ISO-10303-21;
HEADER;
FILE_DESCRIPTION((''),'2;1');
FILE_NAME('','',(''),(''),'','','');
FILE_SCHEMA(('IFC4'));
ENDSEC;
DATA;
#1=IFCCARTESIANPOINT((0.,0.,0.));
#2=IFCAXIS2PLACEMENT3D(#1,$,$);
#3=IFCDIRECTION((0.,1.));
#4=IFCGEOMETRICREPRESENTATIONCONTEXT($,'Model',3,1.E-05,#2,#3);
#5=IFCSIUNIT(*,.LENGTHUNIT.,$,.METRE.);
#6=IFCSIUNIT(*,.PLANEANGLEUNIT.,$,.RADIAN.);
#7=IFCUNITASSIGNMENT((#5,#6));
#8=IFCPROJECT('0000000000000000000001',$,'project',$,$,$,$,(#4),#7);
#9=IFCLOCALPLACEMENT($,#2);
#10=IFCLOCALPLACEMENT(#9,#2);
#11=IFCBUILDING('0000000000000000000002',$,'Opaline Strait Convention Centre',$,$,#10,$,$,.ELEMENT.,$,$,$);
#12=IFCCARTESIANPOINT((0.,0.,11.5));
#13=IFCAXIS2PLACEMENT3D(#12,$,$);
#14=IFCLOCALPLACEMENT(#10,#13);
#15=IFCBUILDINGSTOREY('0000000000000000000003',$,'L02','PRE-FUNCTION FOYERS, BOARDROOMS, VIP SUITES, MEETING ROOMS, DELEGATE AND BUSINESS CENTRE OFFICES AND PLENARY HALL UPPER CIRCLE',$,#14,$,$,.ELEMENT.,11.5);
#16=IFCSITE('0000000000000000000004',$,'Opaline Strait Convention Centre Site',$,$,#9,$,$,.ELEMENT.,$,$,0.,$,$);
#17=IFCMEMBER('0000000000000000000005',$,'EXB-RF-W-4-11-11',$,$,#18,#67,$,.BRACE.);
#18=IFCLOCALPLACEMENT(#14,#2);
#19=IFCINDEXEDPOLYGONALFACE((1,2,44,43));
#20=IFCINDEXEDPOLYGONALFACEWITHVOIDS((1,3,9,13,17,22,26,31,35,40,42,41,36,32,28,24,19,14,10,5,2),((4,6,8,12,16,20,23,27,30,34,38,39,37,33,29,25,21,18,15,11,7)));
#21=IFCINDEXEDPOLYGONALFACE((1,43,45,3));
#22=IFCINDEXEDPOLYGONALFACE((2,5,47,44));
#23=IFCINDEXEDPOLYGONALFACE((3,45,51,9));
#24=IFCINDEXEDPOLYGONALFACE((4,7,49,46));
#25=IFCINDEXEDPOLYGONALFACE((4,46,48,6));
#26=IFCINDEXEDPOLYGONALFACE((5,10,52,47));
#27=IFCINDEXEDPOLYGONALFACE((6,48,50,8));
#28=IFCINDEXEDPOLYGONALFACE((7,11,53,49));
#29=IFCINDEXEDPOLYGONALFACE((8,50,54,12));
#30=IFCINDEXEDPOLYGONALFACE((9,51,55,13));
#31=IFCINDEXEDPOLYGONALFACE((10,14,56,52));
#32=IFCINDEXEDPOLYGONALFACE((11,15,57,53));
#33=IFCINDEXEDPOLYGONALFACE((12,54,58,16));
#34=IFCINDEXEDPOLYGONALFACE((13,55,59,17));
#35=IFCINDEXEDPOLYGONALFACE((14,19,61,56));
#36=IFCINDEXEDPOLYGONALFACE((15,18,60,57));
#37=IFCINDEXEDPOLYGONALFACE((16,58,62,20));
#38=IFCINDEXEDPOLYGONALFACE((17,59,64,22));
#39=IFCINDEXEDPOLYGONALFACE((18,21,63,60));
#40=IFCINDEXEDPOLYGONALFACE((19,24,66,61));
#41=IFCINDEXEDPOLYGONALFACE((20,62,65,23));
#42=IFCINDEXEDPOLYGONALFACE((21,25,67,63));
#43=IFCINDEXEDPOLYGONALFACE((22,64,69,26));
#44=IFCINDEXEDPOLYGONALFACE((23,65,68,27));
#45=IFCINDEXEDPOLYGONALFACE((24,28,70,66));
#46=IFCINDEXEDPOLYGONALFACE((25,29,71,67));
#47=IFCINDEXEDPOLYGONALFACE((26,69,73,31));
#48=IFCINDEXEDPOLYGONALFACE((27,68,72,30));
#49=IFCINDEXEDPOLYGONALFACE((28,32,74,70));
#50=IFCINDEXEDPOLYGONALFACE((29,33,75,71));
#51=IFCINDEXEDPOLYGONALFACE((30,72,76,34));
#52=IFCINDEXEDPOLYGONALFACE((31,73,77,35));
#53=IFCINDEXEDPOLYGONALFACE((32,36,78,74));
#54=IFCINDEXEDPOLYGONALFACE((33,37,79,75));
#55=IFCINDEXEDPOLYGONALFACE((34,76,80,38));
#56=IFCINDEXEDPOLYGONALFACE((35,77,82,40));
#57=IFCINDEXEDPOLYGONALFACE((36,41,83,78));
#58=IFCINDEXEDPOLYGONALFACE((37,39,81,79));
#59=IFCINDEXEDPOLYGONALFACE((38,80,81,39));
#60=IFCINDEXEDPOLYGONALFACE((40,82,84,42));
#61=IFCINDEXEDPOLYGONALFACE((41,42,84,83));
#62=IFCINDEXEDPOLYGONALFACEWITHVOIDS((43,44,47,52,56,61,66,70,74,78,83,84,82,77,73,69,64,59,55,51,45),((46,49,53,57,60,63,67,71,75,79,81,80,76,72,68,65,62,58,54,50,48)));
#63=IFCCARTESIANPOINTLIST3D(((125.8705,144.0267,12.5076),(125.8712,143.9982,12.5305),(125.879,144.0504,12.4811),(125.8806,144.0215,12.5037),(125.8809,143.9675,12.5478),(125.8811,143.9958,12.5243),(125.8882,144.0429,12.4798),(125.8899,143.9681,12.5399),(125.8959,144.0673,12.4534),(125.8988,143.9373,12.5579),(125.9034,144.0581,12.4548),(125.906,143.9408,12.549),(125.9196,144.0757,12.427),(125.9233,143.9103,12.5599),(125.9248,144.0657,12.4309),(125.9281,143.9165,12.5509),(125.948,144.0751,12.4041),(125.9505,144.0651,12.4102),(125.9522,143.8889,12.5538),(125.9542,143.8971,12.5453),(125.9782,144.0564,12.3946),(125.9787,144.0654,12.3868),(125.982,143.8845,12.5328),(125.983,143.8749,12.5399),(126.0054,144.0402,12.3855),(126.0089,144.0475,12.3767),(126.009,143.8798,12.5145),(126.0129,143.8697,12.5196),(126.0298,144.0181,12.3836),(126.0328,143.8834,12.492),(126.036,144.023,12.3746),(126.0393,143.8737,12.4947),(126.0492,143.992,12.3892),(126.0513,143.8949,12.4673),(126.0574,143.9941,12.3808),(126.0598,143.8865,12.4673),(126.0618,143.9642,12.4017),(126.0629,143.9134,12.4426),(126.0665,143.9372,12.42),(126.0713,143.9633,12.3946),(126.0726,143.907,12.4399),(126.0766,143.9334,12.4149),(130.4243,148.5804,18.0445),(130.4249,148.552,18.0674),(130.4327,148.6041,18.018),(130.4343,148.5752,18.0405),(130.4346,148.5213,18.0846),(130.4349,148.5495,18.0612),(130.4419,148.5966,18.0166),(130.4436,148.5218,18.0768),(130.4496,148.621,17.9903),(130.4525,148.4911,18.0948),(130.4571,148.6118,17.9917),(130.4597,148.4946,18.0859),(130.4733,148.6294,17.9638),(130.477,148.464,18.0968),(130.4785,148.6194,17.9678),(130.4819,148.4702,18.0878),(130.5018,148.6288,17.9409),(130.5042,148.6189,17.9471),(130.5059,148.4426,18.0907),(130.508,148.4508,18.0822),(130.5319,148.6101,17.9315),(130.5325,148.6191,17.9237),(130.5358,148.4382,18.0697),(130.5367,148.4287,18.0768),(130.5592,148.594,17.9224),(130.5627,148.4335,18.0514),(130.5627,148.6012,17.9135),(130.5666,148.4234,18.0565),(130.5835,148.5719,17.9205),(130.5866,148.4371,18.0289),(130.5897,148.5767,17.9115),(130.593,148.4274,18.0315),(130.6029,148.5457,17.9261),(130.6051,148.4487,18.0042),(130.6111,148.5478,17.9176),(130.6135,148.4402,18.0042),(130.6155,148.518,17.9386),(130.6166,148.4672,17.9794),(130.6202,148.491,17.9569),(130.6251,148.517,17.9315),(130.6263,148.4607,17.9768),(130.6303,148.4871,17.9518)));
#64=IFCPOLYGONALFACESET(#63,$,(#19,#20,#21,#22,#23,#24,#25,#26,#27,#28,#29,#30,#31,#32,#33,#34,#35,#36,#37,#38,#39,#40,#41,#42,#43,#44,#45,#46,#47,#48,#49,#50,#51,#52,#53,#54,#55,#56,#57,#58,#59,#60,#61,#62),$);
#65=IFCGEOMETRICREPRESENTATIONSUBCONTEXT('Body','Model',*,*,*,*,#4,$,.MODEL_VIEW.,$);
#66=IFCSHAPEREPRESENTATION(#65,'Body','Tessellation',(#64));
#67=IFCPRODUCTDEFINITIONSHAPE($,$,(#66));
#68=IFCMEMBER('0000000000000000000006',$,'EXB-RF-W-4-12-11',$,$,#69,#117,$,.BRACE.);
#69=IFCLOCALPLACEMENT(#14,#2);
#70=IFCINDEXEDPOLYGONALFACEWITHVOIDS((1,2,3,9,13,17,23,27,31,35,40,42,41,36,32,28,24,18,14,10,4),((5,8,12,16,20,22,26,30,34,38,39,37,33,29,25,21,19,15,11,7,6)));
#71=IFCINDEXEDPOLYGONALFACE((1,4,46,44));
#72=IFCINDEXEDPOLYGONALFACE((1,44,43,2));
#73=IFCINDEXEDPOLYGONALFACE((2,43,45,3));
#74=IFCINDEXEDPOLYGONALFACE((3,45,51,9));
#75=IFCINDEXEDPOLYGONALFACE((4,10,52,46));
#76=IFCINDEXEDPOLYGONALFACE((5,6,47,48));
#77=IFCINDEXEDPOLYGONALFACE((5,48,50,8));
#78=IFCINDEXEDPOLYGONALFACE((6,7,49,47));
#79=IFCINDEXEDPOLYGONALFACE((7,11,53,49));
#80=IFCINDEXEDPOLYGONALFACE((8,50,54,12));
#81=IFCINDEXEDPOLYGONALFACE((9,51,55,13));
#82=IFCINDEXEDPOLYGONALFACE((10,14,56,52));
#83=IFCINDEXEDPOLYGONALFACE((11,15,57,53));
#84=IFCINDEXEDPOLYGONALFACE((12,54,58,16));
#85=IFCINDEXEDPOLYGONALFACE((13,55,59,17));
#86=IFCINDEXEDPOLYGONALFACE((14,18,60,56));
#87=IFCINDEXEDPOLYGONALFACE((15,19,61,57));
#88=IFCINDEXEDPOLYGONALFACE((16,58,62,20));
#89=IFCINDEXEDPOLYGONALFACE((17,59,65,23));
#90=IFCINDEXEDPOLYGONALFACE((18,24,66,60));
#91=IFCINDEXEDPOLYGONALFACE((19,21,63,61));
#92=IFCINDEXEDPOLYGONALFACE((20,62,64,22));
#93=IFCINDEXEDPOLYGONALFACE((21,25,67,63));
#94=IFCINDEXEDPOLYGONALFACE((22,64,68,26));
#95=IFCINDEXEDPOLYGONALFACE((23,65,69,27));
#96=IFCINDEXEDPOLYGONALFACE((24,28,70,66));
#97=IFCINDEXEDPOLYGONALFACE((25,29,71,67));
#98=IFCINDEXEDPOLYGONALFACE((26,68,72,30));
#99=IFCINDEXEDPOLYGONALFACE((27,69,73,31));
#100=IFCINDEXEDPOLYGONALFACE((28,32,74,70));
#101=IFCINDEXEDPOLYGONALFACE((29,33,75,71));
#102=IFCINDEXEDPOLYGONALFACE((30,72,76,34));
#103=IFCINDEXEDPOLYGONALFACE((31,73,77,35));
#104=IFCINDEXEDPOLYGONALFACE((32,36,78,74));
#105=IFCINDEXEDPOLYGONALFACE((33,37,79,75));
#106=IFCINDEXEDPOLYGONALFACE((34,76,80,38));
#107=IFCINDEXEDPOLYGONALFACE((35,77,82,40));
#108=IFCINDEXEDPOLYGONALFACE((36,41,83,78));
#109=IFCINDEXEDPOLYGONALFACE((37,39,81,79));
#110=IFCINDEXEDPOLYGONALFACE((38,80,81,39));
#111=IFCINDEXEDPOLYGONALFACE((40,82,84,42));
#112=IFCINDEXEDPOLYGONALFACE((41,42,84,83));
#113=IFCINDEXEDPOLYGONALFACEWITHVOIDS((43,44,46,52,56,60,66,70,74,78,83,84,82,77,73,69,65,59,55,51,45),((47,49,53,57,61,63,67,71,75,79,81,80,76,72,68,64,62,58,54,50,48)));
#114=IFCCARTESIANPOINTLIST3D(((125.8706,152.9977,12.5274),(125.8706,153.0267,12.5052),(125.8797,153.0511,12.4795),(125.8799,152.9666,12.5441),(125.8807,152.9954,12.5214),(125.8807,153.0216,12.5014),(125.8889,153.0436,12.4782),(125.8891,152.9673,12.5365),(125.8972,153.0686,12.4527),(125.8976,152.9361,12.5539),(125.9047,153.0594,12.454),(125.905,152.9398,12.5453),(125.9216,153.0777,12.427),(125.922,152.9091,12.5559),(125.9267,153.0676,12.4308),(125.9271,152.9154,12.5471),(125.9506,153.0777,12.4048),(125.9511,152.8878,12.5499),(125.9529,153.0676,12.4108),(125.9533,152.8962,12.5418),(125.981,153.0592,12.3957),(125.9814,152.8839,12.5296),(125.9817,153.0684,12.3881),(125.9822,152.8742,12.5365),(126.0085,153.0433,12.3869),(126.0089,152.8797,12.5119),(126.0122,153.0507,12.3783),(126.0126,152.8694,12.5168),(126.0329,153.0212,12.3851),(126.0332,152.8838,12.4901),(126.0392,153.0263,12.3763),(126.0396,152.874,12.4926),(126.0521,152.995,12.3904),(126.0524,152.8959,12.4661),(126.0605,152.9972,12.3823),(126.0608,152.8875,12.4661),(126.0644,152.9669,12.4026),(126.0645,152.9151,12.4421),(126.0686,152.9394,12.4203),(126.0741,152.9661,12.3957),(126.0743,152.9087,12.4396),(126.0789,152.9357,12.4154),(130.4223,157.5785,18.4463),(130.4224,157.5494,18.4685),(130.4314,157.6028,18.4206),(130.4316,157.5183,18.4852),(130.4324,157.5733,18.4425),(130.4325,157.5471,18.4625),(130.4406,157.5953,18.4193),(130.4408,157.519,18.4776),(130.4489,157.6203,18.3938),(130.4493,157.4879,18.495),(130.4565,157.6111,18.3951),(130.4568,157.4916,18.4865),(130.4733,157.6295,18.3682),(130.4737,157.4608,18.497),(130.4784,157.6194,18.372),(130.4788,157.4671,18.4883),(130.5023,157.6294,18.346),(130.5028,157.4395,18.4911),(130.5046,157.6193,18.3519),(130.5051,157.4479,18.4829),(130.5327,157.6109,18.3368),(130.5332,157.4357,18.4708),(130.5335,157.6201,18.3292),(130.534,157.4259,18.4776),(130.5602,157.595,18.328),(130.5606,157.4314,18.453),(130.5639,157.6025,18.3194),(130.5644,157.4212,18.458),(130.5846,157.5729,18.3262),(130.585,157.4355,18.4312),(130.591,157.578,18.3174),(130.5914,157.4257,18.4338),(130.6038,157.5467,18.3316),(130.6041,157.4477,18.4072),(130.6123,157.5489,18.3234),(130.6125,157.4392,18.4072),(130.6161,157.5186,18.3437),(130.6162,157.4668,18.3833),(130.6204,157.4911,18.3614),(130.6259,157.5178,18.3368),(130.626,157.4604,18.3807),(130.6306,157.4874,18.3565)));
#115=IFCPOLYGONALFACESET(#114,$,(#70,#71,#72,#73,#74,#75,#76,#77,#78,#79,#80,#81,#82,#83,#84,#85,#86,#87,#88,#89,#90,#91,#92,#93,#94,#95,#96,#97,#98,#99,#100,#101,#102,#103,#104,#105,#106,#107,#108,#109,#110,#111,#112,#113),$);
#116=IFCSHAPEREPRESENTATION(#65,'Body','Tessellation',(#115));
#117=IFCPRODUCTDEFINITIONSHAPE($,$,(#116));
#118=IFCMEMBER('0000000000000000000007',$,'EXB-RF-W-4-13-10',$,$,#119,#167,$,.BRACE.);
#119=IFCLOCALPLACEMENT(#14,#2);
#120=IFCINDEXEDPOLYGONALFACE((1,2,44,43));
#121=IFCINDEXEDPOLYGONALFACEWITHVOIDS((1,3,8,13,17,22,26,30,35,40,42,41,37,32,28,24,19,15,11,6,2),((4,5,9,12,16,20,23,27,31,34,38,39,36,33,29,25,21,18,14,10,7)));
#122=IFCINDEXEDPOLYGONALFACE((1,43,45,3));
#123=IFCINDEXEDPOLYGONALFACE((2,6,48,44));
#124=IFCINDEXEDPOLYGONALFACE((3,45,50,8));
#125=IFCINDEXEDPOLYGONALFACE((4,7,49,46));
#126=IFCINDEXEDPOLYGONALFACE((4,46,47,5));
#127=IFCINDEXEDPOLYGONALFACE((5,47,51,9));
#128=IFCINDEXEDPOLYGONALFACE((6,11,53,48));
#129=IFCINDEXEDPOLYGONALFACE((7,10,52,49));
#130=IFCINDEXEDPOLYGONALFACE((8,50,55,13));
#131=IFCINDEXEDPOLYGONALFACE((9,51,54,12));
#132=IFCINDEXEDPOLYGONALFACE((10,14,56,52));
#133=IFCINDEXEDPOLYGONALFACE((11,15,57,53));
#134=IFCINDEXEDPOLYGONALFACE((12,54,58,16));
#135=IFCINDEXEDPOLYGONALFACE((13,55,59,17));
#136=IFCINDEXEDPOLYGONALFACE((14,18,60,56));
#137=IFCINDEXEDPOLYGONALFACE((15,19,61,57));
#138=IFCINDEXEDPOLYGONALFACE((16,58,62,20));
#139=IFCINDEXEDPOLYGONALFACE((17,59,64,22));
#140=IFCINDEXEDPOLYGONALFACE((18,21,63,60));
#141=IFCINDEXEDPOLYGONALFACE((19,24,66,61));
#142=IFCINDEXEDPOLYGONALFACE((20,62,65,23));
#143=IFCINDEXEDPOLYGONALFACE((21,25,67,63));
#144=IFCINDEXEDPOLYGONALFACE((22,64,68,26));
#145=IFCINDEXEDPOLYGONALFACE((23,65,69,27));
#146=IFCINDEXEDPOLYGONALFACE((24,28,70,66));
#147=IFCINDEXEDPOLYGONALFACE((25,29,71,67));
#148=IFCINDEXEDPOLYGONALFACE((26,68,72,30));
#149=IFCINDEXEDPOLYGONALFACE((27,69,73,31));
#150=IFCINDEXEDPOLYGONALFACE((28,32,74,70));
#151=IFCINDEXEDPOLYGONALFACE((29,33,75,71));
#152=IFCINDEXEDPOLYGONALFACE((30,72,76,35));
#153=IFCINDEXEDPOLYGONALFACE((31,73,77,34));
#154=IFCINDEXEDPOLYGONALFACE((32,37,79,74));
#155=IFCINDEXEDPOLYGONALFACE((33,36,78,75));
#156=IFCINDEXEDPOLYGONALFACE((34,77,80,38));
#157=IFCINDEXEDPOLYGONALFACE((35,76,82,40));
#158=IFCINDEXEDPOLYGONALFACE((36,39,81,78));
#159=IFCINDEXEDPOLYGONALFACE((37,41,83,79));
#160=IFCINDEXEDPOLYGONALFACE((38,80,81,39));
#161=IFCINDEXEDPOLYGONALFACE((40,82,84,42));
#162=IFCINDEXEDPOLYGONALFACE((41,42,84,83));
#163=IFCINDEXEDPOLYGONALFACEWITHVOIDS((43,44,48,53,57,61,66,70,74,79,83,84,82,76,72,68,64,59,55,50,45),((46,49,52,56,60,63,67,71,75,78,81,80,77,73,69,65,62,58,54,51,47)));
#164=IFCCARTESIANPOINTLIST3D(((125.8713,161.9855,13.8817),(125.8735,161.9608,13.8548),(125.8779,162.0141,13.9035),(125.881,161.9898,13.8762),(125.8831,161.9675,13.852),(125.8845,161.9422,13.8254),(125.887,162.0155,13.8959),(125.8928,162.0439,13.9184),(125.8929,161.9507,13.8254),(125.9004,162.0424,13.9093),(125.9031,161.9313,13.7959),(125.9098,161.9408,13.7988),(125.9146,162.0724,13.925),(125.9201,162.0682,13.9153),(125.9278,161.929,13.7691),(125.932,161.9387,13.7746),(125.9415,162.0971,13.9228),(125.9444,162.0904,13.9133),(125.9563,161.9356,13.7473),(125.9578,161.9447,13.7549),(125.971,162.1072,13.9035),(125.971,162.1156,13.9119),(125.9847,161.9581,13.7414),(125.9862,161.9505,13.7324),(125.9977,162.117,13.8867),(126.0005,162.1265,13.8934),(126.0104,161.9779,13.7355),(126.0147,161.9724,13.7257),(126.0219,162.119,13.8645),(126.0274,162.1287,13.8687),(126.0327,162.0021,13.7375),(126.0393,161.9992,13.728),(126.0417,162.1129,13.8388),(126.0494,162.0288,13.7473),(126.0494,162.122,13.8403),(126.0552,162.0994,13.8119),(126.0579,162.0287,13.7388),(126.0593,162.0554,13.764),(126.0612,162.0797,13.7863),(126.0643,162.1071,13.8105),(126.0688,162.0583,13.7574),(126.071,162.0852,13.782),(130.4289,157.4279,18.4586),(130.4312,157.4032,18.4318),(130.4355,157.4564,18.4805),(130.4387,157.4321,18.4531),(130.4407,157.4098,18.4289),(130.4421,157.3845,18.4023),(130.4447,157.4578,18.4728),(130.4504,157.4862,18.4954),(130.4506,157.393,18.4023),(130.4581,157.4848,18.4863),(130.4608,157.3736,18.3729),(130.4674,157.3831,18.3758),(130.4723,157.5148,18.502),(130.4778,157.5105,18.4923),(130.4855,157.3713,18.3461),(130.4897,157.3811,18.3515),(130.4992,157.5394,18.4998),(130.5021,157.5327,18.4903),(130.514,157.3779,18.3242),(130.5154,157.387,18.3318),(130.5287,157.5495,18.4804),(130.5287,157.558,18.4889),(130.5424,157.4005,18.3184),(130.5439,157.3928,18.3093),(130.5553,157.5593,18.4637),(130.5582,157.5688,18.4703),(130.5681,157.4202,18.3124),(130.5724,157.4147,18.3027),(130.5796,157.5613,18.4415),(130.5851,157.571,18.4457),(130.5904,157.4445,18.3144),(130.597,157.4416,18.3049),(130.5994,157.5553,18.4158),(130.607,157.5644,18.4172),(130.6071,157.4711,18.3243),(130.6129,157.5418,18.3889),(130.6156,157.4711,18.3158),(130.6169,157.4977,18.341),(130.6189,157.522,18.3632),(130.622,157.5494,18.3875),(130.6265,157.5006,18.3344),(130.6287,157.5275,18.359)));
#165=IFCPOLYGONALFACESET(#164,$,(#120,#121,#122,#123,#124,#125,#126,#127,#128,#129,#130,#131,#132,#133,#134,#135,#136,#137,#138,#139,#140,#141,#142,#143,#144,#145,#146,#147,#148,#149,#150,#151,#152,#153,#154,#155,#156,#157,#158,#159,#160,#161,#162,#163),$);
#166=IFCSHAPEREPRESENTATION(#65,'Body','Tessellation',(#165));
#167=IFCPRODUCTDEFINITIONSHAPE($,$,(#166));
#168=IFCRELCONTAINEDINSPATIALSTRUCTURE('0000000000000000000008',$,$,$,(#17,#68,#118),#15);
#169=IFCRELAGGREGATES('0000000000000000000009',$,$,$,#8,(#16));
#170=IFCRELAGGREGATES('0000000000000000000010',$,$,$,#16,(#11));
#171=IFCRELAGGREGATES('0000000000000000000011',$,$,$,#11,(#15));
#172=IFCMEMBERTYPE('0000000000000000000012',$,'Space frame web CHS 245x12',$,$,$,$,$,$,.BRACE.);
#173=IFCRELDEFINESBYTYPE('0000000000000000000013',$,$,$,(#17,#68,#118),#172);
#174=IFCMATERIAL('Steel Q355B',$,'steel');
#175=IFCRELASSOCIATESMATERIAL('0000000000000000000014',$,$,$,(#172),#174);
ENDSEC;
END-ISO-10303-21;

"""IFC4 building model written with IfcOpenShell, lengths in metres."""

from ifc_helpers import new_model, si_unit, direction, frame, origin, origin_2d, place, context, subcontext, project, spatial, hollow_circle, extrude, material, material_profile, profile_set, type_object, element, save


model = new_model("IFC4")

# Units and contexts
model_context = context("Model", 3, precision=1e-05, world=origin(), true_north=direction((0.0, 1.0)))
body_context = subcontext(model_context, "Body", "Model", "MODEL_VIEW")
ifc_project = project(units=[si_unit("LENGTHUNIT", "METRE"), si_unit("PLANEANGLEUNIT", "RADIAN")], contexts=[model_context])

# Site, building, storey
site_placement = place(None, origin())
site = spatial("IfcSite", under=ifc_project, at=site_placement, Name="Opaline Strait Convention Centre Site", CompositionType="ELEMENT", RefElevation=0.0)
building_placement = place(site_placement, origin())
building = spatial("IfcBuilding", under=site, at=building_placement, Name="Opaline Strait Convention Centre", CompositionType="ELEMENT")
storey_placement = place(building_placement, frame((0.0, 0.0, 11.5)))
storey = spatial("IfcBuildingStorey", under=building, at=storey_placement, Name="L02", Description="PRE-FUNCTION FOYERS, BOARDROOMS, VIP SUITES, MEETING ROOMS, DELEGATE AND BUSINESS CENTRE OFFICES AND PLENARY HALL UPPER CIRCLE", CompositionType="ELEMENT", Elevation=11.5)

# Members
ifc_material_1 = material(Name="Steel Q355B", Category="steel")
ifc_material_profile_1 = material_profile(ifc_material_1, hollow_circle(Radius=0.1226, WallThickness=0.012, at=origin_2d()), Name="CHS 245x12")
ifc_profile_set_1 = profile_set([ifc_material_profile_1], Name="Steel Q355B")
member_type_1 = type_object("IfcMemberType", Name="Space frame web CHS 245x12", PredefinedType="BRACE", material=ifc_profile_set_1)
member_1_placement = place(storey_placement, frame((130.5269, 148.5269, 18.0042), z_axis=(-0.536178, -0.536178, -0.65194), x_axis=(0.707107, -0.707107, 0.0)))
element("IfcMember", 1, at=member_1_placement, inside=storey, type_object=member_type_1, Name="EXB-RF-W-4-11-11", PredefinedType="BRACE", context=body_context, shape_type="SweptSolid", body=[
    extrude(hollow_circle(Radius=0.1226, WallThickness=0.012, at=origin_2d()), origin(), (0.0, 0.0, 1.0), 8.4929),
])
member_2_placement = place(storey_placement, frame((130.5259, 157.5259, 18.4072), z_axis=(-0.519618, -0.519618, -0.678229), x_axis=(0.707107, -0.707107, 0.0)))
element("IfcMember", 2, at=member_2_placement, inside=storey, type_object=member_type_1, Name="EXB-RF-W-4-12-11", PredefinedType="BRACE", context=body_context, shape_type="SweptSolid", body=[
    extrude(hollow_circle(Radius=0.1226, WallThickness=0.012, at=origin_2d()), origin(), (0.0, 0.0, 1.0), 8.7598),
])
member_3_placement = place(storey_placement, frame((130.5288, 157.4712, 18.4023), z_axis=(-0.576536, 0.576536, -0.578976), x_axis=(-0.707107, -0.707107, 0.0)))
element("IfcMember", 3, at=member_3_placement, inside=storey, type_object=member_type_1, Name="EXB-RF-W-4-13-10", PredefinedType="BRACE", context=body_context, shape_type="SweptSolid", body=[
    extrude(hollow_circle(Radius=0.1226, WallThickness=0.012, at=origin_2d()), origin(), (0.0, 0.0, 1.0), 7.9053),
])

save(model, "model.ifc")
